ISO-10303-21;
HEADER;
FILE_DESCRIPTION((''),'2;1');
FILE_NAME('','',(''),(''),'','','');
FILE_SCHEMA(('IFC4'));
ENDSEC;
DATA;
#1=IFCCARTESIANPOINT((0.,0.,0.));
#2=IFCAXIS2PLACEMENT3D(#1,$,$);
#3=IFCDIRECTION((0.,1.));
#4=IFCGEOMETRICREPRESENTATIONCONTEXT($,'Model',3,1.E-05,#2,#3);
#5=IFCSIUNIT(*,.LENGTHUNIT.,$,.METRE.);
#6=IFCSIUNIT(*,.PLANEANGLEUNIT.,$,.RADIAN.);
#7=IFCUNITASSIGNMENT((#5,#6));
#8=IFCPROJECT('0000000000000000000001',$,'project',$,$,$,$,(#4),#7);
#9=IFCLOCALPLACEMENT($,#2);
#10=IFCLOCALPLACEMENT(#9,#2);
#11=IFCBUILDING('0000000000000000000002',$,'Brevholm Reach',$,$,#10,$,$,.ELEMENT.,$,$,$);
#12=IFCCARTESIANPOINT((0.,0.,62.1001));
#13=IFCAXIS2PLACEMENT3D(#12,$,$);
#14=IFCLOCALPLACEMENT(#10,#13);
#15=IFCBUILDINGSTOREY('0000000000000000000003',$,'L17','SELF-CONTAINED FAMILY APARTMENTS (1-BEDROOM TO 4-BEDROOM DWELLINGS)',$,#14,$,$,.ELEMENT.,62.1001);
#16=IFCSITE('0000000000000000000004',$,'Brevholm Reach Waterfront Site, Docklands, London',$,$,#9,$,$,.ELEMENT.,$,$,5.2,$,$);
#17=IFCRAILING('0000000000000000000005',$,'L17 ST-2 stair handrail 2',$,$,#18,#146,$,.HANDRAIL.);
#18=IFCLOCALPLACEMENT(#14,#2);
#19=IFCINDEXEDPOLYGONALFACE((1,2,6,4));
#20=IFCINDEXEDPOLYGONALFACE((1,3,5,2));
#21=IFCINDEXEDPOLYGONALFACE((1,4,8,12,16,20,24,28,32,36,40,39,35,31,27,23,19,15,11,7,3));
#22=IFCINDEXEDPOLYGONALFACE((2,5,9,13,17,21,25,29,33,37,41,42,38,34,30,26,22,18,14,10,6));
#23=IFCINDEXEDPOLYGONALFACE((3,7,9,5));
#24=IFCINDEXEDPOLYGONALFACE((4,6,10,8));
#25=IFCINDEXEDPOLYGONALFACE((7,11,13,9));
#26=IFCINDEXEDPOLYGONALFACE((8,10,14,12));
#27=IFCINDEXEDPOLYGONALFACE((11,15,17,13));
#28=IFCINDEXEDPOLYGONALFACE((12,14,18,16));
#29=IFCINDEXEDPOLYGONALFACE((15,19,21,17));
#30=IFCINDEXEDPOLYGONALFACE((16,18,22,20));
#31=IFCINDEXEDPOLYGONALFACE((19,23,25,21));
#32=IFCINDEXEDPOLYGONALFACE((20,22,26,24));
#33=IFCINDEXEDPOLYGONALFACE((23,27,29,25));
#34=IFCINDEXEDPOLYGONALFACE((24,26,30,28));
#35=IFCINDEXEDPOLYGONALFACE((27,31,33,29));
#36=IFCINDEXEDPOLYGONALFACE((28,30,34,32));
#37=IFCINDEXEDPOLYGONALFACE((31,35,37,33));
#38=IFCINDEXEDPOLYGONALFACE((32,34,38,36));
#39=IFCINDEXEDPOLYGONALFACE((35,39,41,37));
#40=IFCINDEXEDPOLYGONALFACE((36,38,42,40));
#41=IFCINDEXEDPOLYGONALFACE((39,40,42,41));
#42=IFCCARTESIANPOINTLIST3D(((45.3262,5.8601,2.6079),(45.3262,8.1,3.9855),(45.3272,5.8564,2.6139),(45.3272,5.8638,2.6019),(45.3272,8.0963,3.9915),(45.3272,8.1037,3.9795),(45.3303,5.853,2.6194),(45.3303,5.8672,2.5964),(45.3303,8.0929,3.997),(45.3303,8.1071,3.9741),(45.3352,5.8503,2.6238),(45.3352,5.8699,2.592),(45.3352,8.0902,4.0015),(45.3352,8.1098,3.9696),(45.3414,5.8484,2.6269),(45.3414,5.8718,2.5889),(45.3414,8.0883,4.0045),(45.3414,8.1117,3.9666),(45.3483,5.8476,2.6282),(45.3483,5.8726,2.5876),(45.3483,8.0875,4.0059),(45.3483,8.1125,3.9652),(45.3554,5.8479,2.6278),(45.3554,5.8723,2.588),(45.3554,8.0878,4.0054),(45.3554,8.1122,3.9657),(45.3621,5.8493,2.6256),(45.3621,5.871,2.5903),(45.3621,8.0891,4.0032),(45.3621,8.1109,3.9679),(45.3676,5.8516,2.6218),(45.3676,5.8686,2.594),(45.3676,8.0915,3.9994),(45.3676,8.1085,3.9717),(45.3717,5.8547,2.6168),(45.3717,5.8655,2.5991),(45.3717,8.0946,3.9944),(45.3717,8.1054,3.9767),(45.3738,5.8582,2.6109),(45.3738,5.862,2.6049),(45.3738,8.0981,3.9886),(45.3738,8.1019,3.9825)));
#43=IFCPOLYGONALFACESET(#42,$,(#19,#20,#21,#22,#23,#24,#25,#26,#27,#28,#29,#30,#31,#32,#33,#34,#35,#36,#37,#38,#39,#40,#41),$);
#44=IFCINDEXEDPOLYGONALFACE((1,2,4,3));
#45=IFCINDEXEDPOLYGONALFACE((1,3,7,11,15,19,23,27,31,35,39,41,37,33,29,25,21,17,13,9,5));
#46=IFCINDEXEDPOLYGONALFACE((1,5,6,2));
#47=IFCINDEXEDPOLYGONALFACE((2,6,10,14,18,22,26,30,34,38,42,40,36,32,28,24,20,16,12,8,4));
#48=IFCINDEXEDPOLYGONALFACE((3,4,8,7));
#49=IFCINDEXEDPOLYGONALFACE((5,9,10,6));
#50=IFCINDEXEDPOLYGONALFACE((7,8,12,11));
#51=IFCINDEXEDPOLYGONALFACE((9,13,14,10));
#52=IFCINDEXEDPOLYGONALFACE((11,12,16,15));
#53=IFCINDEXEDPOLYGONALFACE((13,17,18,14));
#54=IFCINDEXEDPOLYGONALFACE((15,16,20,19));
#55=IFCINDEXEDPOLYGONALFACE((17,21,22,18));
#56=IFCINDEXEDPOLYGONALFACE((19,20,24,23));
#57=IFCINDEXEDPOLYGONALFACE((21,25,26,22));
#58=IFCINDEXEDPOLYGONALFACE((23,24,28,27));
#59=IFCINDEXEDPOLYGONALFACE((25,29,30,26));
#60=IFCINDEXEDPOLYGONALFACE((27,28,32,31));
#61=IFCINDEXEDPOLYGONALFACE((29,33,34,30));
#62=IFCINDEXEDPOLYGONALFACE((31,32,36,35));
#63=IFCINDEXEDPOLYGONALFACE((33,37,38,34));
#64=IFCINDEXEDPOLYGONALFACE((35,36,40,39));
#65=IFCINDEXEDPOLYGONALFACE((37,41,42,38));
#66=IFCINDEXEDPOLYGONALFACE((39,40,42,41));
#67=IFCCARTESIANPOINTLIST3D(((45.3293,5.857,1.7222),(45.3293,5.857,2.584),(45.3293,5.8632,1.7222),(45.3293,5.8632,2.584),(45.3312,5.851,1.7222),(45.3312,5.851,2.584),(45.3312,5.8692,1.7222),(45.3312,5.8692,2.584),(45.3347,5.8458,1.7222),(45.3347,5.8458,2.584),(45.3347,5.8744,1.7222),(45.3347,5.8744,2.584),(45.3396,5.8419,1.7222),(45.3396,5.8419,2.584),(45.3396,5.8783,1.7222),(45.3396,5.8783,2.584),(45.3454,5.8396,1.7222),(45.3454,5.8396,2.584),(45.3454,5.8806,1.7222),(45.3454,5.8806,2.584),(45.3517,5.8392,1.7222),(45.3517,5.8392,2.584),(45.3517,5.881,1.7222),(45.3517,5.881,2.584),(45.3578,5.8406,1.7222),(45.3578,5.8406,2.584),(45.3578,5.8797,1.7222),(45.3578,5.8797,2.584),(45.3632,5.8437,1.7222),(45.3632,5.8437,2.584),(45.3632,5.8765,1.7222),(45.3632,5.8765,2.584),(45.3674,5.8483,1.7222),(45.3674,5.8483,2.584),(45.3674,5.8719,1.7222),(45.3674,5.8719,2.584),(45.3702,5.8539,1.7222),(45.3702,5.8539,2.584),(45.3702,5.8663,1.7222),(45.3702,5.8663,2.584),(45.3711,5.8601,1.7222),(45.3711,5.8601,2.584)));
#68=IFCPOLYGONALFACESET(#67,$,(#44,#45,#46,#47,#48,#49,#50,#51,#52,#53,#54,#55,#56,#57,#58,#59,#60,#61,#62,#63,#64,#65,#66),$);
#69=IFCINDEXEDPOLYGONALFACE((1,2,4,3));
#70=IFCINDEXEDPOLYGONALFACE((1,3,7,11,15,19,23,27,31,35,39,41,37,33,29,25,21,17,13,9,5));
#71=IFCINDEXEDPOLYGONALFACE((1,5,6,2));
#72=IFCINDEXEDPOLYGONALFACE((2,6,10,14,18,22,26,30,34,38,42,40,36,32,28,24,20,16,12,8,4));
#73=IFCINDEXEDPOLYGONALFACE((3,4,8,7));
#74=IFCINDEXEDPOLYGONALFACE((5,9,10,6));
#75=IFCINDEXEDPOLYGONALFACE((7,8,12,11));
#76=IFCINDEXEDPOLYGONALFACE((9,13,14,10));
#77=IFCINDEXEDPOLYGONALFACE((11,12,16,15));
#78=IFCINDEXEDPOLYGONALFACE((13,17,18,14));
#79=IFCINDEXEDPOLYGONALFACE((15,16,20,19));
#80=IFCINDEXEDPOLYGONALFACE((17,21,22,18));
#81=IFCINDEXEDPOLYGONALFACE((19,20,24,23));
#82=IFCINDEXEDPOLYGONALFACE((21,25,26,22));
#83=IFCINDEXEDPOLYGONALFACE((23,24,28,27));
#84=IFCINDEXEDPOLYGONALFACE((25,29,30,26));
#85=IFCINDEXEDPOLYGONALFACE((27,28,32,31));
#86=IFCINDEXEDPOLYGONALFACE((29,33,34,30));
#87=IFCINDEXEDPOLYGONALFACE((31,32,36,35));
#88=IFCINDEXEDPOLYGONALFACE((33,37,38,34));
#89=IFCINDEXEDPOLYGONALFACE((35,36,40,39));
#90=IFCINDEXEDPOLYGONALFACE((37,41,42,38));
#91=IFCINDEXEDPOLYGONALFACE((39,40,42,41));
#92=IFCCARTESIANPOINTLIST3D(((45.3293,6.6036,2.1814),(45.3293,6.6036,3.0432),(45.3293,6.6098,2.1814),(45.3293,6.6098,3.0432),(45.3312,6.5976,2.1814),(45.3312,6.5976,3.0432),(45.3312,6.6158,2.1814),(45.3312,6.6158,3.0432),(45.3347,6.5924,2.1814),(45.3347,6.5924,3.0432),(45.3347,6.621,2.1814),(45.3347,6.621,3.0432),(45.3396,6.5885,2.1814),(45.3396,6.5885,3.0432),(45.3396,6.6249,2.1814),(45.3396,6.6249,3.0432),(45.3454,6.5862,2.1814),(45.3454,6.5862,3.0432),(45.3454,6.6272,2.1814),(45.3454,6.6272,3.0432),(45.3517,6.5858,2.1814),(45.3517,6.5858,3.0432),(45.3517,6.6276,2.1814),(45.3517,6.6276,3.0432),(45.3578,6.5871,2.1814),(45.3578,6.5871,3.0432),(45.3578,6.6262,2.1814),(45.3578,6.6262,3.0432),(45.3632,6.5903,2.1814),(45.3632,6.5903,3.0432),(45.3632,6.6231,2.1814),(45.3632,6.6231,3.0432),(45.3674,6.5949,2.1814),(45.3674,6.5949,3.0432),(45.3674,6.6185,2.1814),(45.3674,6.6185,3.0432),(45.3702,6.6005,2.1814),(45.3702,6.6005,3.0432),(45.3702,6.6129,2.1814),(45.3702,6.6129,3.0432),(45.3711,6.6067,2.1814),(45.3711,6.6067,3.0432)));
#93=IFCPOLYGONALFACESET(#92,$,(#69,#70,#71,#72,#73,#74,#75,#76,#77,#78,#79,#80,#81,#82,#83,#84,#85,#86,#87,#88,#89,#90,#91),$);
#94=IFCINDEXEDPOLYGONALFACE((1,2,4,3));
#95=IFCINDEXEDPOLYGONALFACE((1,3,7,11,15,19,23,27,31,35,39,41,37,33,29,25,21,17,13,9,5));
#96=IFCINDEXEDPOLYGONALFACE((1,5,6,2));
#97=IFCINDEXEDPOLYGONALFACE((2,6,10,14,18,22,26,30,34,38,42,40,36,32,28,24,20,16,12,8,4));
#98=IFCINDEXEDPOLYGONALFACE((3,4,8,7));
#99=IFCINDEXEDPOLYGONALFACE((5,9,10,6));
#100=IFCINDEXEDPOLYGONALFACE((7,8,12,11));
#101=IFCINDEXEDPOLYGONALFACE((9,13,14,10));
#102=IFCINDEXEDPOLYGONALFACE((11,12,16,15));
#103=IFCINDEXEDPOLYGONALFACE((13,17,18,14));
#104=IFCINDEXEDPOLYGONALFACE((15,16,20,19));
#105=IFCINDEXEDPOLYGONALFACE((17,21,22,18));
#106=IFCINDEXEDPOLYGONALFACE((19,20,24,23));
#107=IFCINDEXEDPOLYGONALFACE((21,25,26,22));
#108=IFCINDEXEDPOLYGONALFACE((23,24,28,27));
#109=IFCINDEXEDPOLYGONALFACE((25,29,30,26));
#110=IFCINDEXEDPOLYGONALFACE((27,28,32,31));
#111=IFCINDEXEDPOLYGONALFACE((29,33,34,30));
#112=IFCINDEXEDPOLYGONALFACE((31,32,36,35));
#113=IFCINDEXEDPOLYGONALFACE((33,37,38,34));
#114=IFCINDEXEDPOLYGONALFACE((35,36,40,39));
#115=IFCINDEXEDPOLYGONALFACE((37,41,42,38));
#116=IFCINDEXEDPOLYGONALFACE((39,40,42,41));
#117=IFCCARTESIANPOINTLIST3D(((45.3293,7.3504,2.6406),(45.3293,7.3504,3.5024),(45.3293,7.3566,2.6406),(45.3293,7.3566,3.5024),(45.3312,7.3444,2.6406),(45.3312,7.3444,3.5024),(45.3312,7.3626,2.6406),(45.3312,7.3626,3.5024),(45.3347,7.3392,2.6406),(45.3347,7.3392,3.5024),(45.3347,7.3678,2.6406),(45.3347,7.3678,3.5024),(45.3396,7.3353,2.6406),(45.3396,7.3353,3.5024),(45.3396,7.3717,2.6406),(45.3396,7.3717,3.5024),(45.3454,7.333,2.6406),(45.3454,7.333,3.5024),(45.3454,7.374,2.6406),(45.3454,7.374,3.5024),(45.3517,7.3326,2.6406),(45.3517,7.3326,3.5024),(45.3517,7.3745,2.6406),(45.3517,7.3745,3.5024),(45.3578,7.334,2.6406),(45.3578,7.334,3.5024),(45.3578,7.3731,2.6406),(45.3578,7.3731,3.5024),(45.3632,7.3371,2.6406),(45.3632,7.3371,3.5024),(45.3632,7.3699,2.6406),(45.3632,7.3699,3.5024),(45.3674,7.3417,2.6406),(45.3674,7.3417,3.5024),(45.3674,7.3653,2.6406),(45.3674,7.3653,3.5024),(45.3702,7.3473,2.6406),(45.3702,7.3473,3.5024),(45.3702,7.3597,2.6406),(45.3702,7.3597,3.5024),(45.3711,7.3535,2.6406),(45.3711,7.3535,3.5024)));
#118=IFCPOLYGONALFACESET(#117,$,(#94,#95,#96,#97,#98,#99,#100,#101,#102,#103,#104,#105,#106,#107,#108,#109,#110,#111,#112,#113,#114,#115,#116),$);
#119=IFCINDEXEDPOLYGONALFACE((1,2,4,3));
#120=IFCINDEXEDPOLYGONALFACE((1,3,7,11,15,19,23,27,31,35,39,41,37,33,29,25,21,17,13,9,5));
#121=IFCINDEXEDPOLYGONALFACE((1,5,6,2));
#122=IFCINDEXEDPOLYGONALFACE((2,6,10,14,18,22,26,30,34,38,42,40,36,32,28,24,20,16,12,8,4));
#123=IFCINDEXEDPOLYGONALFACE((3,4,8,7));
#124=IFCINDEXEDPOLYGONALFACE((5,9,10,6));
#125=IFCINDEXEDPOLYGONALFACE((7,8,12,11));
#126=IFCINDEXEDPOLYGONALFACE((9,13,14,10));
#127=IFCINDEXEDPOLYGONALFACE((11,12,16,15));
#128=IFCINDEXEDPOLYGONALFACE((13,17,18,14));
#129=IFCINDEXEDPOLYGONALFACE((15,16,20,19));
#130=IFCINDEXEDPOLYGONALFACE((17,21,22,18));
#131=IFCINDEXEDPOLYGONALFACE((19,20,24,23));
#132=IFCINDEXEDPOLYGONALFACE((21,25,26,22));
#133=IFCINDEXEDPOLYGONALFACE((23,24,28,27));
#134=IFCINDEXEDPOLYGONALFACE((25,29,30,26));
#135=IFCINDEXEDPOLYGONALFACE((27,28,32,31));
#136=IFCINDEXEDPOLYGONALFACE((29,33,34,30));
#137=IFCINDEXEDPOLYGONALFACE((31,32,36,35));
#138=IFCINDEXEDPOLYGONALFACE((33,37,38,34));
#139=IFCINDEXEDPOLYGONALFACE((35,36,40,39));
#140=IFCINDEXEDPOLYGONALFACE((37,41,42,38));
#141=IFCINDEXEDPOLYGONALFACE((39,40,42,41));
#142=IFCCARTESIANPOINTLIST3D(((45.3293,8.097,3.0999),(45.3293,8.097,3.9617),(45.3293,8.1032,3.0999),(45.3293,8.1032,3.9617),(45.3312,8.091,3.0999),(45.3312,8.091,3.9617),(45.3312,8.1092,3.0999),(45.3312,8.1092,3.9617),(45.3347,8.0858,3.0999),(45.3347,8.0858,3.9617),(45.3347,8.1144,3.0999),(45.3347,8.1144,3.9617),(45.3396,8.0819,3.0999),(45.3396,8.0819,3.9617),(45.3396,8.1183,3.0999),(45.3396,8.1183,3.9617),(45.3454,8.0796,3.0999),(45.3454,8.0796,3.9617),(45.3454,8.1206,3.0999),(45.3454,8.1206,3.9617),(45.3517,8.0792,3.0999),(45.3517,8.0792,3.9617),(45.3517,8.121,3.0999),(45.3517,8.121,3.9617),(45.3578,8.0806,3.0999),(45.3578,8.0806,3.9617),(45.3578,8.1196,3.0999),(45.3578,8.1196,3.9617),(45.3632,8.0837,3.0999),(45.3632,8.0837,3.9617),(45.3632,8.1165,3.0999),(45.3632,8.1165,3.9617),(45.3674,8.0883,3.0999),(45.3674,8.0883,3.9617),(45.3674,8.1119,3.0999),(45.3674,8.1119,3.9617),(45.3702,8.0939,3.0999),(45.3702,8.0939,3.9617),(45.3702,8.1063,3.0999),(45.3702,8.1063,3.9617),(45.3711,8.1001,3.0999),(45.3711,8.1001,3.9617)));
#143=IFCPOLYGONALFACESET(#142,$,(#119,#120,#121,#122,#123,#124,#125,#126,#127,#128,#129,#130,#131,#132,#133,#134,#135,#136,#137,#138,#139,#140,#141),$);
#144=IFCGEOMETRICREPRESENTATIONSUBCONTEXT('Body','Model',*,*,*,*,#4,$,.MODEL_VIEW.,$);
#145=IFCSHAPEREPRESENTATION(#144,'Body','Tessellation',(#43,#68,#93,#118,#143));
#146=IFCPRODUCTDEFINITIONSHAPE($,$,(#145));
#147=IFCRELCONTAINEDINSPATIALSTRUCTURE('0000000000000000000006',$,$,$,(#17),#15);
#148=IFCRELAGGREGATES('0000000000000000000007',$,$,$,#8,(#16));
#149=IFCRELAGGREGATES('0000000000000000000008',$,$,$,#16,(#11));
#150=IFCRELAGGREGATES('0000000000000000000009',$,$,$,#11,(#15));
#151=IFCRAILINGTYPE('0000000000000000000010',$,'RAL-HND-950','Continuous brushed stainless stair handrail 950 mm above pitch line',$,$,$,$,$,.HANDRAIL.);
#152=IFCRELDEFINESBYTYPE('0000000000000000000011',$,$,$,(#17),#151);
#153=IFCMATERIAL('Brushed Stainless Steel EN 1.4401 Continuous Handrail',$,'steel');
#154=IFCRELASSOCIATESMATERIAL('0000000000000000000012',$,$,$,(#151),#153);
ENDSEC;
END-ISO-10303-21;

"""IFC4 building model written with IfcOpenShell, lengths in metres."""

from ifc_helpers import new_model, si_unit, direction, frame, origin, origin_2d, place, context, subcontext, project, spatial, circle, extrude, material, type_object, element, save


model = new_model("IFC4")

# Units and contexts
model_context = context("Model", 3, precision=1e-05, world=origin(), true_north=direction((0.0, 1.0)))
body_context = subcontext(model_context, "Body", "Model", "MODEL_VIEW")
ifc_project = project(units=[si_unit("LENGTHUNIT", "METRE"), si_unit("PLANEANGLEUNIT", "RADIAN")], contexts=[model_context])

# Site, building, storey
site_placement = place(None, origin())
site = spatial("IfcSite", under=ifc_project, at=site_placement, Name="Brevholm Reach Waterfront Site, Docklands, London", CompositionType="ELEMENT", RefElevation=5.2)
building_placement = place(site_placement, origin())
building = spatial("IfcBuilding", under=site, at=building_placement, Name="Brevholm Reach", CompositionType="ELEMENT")
storey_placement = place(building_placement, frame((0.0, 0.0, 62.1001)))
storey = spatial("IfcBuildingStorey", under=building, at=storey_placement, Name="L17", Description="SELF-CONTAINED FAMILY APARTMENTS (1-BEDROOM TO 4-BEDROOM DWELLINGS)", CompositionType="ELEMENT", Elevation=62.1001)

# Railing
ifc_material_1 = material(Name="Brushed Stainless Steel EN 1.4401 Continuous Handrail", Category="steel")
railing_type_1 = type_object("IfcRailingType", Name="RAL-HND-950", Description="Continuous brushed stainless stair handrail 950 mm above pitch line", PredefinedType="HANDRAIL", material=ifc_material_1)
railing_1_placement = place(storey_placement, frame((45.3501, 5.8601, 1.7222)))
element("IfcRailing", 1, at=railing_1_placement, inside=storey, type_object=railing_type_1, Name="L17 ST-2 stair handrail 2", PredefinedType="HANDRAIL", context=body_context, shape_type="SweptSolid", body=[
    extrude(circle(Radius=0.0239, at=origin_2d()), frame((0.0, 0.0, 0.8857), z_axis=(0.0, 0.851789, 0.523885), x_axis=(-1.0, 0.0, 0.0)), (0.0, 0.0, 1.0), 2.6296),
    extrude(circle(Radius=0.021, at=origin_2d()), origin(), (0.0, 0.0, 1.0), 0.8618),
    extrude(circle(Radius=0.021, at=origin_2d()), frame((0.0, 0.7466, 0.4592)), (0.0, 0.0, 1.0), 0.8618),
    extrude(circle(Radius=0.021, at=origin_2d()), frame((0.0, 1.4934, 0.9185)), (0.0, 0.0, 1.0), 0.8618),
    extrude(circle(Radius=0.021, at=origin_2d()), frame((0.0, 2.24, 1.3777)), (0.0, 0.0, 1.0), 0.8618),
])

save(model, "model.ifc")
